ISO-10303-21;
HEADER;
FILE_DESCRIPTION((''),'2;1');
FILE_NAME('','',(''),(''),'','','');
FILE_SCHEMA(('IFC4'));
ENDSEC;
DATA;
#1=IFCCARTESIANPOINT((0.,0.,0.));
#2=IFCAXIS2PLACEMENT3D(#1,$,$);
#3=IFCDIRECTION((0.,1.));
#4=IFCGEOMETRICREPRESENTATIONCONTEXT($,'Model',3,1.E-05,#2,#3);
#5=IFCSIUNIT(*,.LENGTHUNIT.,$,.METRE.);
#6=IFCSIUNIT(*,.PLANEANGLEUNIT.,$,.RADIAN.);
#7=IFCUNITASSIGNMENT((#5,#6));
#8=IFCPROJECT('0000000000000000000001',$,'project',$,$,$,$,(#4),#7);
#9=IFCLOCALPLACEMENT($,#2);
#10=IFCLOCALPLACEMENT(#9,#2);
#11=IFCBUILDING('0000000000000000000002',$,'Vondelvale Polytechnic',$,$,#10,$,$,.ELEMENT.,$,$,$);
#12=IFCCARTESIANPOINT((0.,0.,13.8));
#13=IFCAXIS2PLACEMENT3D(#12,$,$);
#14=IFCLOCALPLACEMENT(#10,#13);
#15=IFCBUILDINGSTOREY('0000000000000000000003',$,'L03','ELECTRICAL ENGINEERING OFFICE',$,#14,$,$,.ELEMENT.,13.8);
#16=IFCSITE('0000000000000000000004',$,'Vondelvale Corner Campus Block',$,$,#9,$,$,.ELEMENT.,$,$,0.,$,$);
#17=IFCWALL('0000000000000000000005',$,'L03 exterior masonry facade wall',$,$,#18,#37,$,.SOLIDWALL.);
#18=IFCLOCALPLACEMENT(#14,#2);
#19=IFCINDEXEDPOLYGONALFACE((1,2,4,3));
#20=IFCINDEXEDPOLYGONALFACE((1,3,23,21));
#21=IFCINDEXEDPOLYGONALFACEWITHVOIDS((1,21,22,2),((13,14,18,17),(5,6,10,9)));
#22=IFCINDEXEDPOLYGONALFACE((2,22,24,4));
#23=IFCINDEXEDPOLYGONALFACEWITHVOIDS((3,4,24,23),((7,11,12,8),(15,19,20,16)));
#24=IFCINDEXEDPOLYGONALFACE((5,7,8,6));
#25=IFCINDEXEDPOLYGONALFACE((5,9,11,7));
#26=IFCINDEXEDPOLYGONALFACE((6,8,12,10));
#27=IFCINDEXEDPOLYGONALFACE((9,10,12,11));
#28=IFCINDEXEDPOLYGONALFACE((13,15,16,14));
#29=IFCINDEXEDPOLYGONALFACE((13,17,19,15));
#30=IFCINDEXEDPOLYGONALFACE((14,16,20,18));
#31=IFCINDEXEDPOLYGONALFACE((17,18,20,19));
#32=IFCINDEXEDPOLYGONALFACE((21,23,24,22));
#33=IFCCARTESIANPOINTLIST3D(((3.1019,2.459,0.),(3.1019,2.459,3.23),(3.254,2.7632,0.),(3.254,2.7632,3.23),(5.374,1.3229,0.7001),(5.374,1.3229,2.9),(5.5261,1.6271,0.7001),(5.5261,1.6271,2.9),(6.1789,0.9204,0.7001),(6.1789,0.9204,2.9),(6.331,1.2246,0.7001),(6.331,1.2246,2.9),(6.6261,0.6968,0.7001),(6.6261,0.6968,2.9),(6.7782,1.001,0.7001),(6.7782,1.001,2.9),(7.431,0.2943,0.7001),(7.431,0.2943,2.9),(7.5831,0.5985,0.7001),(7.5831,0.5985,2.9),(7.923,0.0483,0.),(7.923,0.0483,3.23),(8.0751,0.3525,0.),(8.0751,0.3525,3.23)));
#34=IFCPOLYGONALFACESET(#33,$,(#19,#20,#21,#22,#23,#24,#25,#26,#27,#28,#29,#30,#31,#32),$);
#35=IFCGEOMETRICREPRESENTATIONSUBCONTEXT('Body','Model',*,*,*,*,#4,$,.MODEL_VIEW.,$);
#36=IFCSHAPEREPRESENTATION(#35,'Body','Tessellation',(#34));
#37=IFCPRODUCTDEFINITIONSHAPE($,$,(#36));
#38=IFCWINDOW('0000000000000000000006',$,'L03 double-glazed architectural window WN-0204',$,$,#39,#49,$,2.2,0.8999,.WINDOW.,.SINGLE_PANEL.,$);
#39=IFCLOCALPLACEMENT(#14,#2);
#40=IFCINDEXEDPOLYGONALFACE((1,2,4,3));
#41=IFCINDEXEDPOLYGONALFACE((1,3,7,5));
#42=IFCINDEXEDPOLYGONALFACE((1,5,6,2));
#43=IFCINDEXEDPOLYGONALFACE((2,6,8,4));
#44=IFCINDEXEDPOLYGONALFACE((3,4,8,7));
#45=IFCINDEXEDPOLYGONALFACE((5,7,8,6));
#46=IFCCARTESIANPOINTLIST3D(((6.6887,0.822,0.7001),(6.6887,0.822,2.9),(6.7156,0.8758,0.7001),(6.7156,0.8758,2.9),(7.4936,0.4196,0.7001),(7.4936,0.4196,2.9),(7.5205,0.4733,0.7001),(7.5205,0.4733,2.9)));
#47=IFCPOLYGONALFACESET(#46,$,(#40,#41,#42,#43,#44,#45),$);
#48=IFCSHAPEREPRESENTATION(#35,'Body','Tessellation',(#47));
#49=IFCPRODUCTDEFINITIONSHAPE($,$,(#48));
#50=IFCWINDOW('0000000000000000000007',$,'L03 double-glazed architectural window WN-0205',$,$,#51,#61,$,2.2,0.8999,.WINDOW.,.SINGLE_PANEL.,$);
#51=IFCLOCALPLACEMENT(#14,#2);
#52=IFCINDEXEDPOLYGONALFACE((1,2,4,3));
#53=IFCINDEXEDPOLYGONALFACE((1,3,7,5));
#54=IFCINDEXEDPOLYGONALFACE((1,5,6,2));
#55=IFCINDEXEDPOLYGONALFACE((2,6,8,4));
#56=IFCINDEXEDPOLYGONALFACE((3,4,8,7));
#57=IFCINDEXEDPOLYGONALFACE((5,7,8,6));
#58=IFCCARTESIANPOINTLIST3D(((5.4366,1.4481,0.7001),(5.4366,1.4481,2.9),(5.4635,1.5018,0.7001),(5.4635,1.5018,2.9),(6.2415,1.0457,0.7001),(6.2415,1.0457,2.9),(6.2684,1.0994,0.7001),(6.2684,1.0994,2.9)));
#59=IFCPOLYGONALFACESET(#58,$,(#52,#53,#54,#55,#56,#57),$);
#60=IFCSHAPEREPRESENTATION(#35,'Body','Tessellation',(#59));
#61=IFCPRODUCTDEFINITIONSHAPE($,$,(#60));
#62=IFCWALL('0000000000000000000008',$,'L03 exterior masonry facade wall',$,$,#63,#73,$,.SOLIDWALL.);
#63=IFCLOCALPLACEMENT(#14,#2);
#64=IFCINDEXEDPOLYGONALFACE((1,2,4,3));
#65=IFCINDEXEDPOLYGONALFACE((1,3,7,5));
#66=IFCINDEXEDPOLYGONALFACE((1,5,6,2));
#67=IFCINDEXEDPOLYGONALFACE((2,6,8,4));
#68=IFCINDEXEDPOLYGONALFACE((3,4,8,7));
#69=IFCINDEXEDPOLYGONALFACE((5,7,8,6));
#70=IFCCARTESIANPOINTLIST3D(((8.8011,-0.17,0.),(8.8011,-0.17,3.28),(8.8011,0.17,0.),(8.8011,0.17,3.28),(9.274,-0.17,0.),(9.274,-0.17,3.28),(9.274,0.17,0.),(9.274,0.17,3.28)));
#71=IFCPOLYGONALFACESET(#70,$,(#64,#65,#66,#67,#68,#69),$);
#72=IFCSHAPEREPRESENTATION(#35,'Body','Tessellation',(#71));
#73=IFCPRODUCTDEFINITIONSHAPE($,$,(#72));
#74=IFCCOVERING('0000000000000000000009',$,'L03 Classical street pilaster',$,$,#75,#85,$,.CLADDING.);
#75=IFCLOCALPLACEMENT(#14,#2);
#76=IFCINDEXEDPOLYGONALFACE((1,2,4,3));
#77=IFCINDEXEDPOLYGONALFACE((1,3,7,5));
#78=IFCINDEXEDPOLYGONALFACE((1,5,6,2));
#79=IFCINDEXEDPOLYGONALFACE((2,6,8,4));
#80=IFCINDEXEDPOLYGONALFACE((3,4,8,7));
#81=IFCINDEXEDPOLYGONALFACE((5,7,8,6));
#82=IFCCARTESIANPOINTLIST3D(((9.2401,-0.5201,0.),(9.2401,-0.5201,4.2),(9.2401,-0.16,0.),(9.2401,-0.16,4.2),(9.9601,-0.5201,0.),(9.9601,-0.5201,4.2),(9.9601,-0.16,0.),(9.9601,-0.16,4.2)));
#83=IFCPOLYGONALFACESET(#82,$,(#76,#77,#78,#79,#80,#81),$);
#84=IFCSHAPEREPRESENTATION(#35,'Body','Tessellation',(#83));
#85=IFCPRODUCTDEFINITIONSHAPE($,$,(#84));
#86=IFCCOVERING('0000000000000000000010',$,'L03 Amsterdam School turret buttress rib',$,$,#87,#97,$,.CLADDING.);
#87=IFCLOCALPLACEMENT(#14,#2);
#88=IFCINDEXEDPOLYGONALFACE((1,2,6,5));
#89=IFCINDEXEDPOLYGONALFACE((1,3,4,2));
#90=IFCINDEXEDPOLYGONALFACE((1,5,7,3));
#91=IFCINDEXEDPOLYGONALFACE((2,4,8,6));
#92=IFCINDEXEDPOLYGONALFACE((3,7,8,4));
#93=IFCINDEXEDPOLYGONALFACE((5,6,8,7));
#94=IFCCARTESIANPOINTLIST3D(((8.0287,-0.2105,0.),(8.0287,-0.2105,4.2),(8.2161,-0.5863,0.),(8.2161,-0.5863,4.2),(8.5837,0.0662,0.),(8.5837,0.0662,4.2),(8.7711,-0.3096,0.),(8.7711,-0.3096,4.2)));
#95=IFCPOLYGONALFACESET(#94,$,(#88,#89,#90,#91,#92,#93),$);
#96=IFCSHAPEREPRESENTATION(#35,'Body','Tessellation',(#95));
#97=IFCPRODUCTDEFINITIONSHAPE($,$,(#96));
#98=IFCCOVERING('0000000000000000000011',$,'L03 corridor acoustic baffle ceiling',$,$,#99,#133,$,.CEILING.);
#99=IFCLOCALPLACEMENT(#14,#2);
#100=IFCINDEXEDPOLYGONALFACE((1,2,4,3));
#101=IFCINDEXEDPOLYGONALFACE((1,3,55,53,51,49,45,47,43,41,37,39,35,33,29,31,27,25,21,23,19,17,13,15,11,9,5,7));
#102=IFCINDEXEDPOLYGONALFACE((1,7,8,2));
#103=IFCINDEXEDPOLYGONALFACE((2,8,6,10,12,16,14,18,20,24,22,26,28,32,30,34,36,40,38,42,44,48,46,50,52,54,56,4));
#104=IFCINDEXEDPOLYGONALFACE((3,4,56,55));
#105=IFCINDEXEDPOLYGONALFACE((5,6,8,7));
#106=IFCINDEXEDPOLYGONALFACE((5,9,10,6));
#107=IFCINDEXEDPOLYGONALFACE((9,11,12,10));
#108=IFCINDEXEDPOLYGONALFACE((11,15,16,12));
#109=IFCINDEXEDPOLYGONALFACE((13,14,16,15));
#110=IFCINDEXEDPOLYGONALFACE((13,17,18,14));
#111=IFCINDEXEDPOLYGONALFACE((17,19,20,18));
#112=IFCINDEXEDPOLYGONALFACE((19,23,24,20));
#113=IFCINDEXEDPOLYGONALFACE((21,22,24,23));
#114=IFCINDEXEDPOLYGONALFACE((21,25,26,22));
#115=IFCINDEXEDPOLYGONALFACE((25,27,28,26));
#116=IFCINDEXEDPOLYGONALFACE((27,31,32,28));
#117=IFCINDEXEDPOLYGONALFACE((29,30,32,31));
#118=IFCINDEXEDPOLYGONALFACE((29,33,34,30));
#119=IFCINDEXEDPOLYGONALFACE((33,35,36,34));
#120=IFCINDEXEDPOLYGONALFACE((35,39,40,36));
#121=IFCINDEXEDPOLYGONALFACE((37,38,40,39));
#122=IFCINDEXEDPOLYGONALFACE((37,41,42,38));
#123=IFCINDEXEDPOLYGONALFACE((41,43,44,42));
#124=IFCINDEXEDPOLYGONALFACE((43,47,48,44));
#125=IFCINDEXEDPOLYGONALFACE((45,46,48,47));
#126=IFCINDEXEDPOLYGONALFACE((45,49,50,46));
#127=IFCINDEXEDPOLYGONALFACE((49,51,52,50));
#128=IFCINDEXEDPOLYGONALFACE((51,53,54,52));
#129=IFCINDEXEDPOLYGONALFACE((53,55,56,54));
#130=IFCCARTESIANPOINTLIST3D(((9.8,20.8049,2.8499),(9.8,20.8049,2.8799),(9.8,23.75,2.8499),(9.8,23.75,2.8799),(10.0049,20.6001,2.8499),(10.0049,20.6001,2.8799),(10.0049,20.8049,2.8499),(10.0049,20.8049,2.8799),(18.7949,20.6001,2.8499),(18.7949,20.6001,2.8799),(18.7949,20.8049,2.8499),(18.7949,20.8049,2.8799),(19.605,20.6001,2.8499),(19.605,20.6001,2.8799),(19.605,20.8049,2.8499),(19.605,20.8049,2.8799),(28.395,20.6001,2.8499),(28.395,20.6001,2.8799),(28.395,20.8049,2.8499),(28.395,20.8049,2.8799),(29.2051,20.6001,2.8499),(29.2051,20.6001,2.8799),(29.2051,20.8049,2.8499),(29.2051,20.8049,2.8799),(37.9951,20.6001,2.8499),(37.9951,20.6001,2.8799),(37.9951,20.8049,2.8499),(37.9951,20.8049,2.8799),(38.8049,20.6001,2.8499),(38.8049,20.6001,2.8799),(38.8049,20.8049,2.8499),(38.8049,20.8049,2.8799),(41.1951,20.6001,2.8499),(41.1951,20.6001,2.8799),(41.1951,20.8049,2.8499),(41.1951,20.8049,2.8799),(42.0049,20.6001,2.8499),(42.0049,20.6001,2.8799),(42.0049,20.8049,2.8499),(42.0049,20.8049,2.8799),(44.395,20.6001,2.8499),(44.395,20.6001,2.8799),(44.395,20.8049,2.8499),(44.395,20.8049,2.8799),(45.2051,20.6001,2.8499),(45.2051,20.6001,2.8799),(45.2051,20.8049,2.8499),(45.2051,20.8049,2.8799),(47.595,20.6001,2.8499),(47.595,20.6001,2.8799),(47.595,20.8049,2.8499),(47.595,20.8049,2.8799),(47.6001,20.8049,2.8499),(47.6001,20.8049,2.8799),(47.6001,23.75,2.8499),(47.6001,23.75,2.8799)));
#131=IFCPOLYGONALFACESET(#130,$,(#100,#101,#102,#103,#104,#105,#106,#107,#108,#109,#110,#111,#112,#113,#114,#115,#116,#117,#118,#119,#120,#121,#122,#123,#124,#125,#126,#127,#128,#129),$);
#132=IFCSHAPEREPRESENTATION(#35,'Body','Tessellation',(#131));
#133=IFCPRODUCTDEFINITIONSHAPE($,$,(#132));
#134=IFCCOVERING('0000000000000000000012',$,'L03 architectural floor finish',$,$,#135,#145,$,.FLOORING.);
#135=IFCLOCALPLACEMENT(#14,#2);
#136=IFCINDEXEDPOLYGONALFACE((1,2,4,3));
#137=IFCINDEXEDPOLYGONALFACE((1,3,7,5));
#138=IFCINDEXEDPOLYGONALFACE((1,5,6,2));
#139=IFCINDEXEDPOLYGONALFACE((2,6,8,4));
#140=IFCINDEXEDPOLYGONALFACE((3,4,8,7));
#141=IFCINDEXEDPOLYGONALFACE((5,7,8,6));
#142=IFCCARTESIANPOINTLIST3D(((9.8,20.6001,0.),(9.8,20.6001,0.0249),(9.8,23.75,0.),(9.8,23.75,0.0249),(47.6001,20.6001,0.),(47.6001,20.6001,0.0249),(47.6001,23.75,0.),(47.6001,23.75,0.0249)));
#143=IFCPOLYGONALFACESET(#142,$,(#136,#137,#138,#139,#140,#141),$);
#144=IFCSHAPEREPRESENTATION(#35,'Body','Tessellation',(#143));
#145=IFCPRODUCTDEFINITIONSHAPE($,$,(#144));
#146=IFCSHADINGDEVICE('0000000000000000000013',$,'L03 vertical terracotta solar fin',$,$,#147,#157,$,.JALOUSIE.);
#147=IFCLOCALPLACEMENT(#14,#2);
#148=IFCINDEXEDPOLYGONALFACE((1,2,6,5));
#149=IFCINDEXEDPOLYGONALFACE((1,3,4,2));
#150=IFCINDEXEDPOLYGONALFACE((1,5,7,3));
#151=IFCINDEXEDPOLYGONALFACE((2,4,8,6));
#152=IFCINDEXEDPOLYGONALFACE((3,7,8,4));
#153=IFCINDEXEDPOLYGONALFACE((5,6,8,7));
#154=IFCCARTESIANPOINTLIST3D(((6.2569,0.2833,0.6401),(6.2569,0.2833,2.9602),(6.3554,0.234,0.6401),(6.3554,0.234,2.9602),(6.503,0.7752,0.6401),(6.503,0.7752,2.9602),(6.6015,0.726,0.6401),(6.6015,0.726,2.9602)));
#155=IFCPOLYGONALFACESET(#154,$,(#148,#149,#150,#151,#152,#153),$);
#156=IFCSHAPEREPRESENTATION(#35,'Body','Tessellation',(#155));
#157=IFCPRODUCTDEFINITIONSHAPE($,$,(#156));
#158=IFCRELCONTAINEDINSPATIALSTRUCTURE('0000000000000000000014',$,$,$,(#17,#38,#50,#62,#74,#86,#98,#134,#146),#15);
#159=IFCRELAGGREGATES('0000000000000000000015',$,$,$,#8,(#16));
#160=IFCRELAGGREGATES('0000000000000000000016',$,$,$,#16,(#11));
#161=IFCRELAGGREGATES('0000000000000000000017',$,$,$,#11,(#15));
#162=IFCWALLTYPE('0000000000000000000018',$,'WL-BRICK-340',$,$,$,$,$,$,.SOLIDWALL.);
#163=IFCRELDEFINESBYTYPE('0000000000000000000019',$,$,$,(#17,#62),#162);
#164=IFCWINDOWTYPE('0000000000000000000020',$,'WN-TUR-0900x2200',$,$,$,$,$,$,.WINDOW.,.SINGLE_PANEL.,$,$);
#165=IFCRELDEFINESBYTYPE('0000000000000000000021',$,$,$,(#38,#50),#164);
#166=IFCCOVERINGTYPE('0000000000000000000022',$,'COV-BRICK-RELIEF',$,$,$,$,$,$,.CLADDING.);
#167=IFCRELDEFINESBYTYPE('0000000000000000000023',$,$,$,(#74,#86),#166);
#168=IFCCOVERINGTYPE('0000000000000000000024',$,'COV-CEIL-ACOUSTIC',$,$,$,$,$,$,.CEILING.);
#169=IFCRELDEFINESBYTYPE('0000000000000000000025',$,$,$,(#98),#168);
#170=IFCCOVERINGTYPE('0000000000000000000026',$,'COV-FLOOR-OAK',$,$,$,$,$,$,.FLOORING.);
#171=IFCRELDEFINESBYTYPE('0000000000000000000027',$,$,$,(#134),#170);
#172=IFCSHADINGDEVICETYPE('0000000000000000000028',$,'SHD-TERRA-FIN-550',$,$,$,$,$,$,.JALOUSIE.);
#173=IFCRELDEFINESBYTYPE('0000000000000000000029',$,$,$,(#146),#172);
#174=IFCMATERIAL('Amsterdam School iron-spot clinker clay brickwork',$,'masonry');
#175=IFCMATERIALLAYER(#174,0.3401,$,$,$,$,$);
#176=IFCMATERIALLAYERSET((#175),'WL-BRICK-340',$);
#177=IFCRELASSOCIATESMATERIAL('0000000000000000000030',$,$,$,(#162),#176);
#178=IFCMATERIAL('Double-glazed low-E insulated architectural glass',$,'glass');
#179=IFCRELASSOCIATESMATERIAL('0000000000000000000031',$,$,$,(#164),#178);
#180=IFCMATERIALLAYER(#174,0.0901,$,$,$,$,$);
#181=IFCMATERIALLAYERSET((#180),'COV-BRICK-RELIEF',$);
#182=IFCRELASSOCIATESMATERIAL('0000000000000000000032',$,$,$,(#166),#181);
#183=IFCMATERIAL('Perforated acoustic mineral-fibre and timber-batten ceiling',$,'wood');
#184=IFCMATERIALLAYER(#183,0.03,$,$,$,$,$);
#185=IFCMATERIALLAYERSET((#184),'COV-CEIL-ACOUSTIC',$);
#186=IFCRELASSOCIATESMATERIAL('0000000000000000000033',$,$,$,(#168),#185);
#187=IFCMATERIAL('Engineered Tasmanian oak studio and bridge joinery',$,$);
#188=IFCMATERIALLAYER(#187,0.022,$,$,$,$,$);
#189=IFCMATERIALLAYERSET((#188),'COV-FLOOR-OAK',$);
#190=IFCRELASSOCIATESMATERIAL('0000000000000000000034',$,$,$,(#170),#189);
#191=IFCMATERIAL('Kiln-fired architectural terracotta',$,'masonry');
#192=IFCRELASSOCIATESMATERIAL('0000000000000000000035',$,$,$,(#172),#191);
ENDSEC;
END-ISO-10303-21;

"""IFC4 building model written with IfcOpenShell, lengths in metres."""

from ifc_helpers import new_model, si_unit, direction, frame, frame_2d, origin, origin_2d, place, context, subcontext, project, spatial, polyline, rectangle, outline, extrude, material, layer, layer_set, type_object, element, fill, save


model = new_model("IFC4")

# Units and contexts
model_context = context("Model", 3, precision=1e-05, world=origin(), true_north=direction((0.0, 1.0)))
body_context = subcontext(model_context, "Body", "Model", "MODEL_VIEW")
ifc_project = project(units=[si_unit("LENGTHUNIT", "METRE"), si_unit("PLANEANGLEUNIT", "RADIAN")], contexts=[model_context])

# Site, building, storey
site_placement = place(None, origin())
site = spatial("IfcSite", under=ifc_project, at=site_placement, Name="Vondelvale Corner Campus Block", CompositionType="ELEMENT", RefElevation=0.0)
building_placement = place(site_placement, origin())
building = spatial("IfcBuilding", under=site, at=building_placement, Name="Vondelvale Polytechnic", CompositionType="ELEMENT")
storey_placement = place(building_placement, frame((0.0, 0.0, 13.8)))
storey = spatial("IfcBuildingStorey", under=building, at=storey_placement, Name="L03", Description="ELECTRICAL ENGINEERING OFFICE", CompositionType="ELEMENT", Elevation=13.8)

# Wall, openings, windows
ifc_material_1 = material(Name="Amsterdam School iron-spot clinker clay brickwork", Category="masonry")
ifc_layer_1 = layer(ifc_material_1, 0.3401)
ifc_layer_set_1 = layer_set([ifc_layer_1], Name="WL-BRICK-340")
wall_type = type_object("IfcWallType", Name="WL-BRICK-340", PredefinedType="SOLIDWALL", material=ifc_layer_set_1)
wall_1_placement = place(storey_placement, frame((7.999, 0.2004, 0.0), z_axis=(0.0, 0.0, 1.0), x_axis=(-0.894418, 0.447232, 0.0)))
wall_1 = element("IfcWall", 1, at=wall_1_placement, inside=storey, type_object=wall_type, Name="L03 exterior masonry facade wall", PredefinedType="SOLIDWALL", context=body_context, shape_type="SweptSolid", body=[
    extrude(rectangle(XDim=5.3901, YDim=0.3401, at=frame_2d((2.6951, 0.0))), origin(), (0.0, 0.0, 1.0), 3.23),
])
opening_1_placement = place(wall_1_placement, frame((0.55, 0.0, 0.7)))
opening_1 = element("IfcOpeningElement", 2, at=opening_1_placement, cuts=wall_1, PredefinedType="OPENING", context=body_context, shape_type="SweptSolid", body=[
    extrude(rectangle(XDim=0.8999, YDim=2.2, at=frame_2d((0.45, 1.1001))), frame((0.0, 0.1799, 0.0), z_axis=(0.0, -1.0, 0.0), x_axis=(1.0, 0.0, 0.0)), (0.0, 0.0, 1.0), 0.3601),
])
opening_2_placement = place(wall_1_placement, frame((1.95, 0.0, 0.7)))
opening_2 = element("IfcOpeningElement", 3, at=opening_2_placement, cuts=wall_1, PredefinedType="OPENING", context=body_context, shape_type="SweptSolid", body=[
    extrude(rectangle(XDim=0.8999, YDim=2.2, at=frame_2d((0.45, 1.1001))), frame((0.0, 0.1799, 0.0), z_axis=(0.0, -1.0, 0.0), x_axis=(1.0, 0.0, 0.0)), (0.0, 0.0, 1.0), 0.3601),
])
ifc_material_2 = material(Name="Double-glazed low-E insulated architectural glass", Category="glass")
window_type = type_object("IfcWindowType", Name="WN-TUR-0900x2200", PartitioningType="SINGLE_PANEL", PredefinedType="WINDOW", material=ifc_material_2)
window_1_placement = place(opening_1_placement, origin())
window_1 = element("IfcWindow", 4, at=window_1_placement, inside=storey, type_object=window_type, Name="L03 double-glazed architectural window WN-0204", OverallHeight=2.2, OverallWidth=0.8999, PartitioningType="SINGLE_PANEL", PredefinedType="WINDOW", context=body_context, shape_type="SweptSolid", body=[
    extrude(rectangle(XDim=0.8999, YDim=2.2, at=frame_2d((0.45, 1.1001))), frame((0.0, 0.03, 0.0), z_axis=(0.0, -1.0, 0.0), x_axis=(1.0, 0.0, 0.0)), (0.0, 0.0, 1.0), 0.0601),
])
fill(opening_1, window_1)
window_2_placement = place(opening_2_placement, origin())
window_2 = element("IfcWindow", 5, at=window_2_placement, inside=storey, type_object=window_type, Name="L03 double-glazed architectural window WN-0205", OverallHeight=2.2, OverallWidth=0.8999, PartitioningType="SINGLE_PANEL", PredefinedType="WINDOW", context=body_context, shape_type="SweptSolid", body=[
    extrude(rectangle(XDim=0.8999, YDim=2.2, at=frame_2d((0.45, 1.1001))), frame((0.0, 0.03, 0.0), z_axis=(0.0, -1.0, 0.0), x_axis=(1.0, 0.0, 0.0)), (0.0, 0.0, 1.0), 0.0601),
])
fill(opening_2, window_2)

# Wall
wall_2_placement = place(storey_placement, frame((9.2739, 0.0, 0.0), z_axis=(0.0, 0.0, 1.0), x_axis=(-1.0, 0.0, 0.0)))
element("IfcWall", 6, at=wall_2_placement, inside=storey, type_object=wall_type, Name="L03 exterior masonry facade wall", PredefinedType="SOLIDWALL", context=body_context, shape_type="SweptSolid", body=[
    extrude(rectangle(XDim=0.4729, YDim=0.3401, at=frame_2d((0.2363, 0.0))), origin(), (0.0, 0.0, 1.0), 3.28),
])

# Coverings
ifc_layer_2 = layer(ifc_material_1, 0.0901)
ifc_layer_set_2 = layer_set([ifc_layer_2], Name="COV-BRICK-RELIEF")
covering_type_1 = type_object("IfcCoveringType", Name="COV-BRICK-RELIEF", PredefinedType="CLADDING", material=ifc_layer_set_2)
covering_1_placement = place(storey_placement, frame((9.6001, -0.3401, 0.0), z_axis=(0.0, 0.0, 1.0), x_axis=(1.0, 0.0, 0.0)))
element("IfcCovering", 7, at=covering_1_placement, inside=storey, type_object=covering_type_1, Name="L03 Classical street pilaster", PredefinedType="CLADDING", context=body_context, shape_type="SweptSolid", body=[
    extrude(rectangle(XDim=0.72, YDim=0.3601, at=origin_2d()), origin(), (0.0, 0.0, 1.0), 4.2),
])
covering_2_placement = place(storey_placement, frame((8.3999, -0.26, 0.0), z_axis=(0.0, 0.0, 1.0), x_axis=(0.894934, 0.446198, 0.0)))
element("IfcCovering", 8, at=covering_2_placement, inside=storey, type_object=covering_type_1, Name="L03 Amsterdam School turret buttress rib", PredefinedType="CLADDING", context=body_context, shape_type="SweptSolid", body=[
    extrude(rectangle(XDim=0.6201, YDim=0.4199, at=origin_2d()), origin(), (0.0, 0.0, 1.0), 4.2),
])
ifc_material_3 = material(Name="Perforated acoustic mineral-fibre and timber-batten ceiling", Category="wood")
ifc_layer_3 = layer(ifc_material_3, 0.03)
ifc_layer_set_3 = layer_set([ifc_layer_3], Name="COV-CEIL-ACOUSTIC")
covering_type_2 = type_object("IfcCoveringType", Name="COV-CEIL-ACOUSTIC", PredefinedType="CEILING", material=ifc_layer_set_3)
covering_3_placement = place(storey_placement, frame((0.0, 0.0, 2.8499)))
element("IfcCovering", 9, at=covering_3_placement, inside=storey, type_object=covering_type_2, Name="L03 corridor acoustic baffle ceiling", PredefinedType="CEILING", context=body_context, shape_type="SweptSolid", body=[
    extrude(outline(polyline([(10.0049, 20.6001), (10.0049, 20.8049), (9.8, 20.8049), (9.8, 23.75), (47.6001, 23.75), (47.6001, 20.8049), (47.595, 20.8049), (47.595, 20.6001), (45.2051, 20.6001), (45.2051, 20.8049), (44.395, 20.8049), (44.395, 20.6001), (42.0049, 20.6001), (42.0049, 20.8049), (41.1951, 20.8049), (41.1951, 20.6001), (38.8049, 20.6001), (38.8049, 20.8049), (37.9951, 20.8049), (37.9951, 20.6001), (29.2051, 20.6001), (29.2051, 20.8049), (28.395, 20.8049), (28.395, 20.6001), (19.605, 20.6001), (19.605, 20.8049), (18.7949, 20.8049), (18.7949, 20.6001), (10.0049, 20.6001)])), origin(), (0.0, 0.0, 1.0), 0.03),
])
ifc_material_4 = material(Name="Engineered Tasmanian oak studio and bridge joinery")
ifc_layer_4 = layer(ifc_material_4, 0.022)
ifc_layer_set_4 = layer_set([ifc_layer_4], Name="COV-FLOOR-OAK")
covering_type_3 = type_object("IfcCoveringType", Name="COV-FLOOR-OAK", PredefinedType="FLOORING", material=ifc_layer_set_4)
covering_4_placement = place(storey_placement, origin())
element("IfcCovering", 10, at=covering_4_placement, inside=storey, type_object=covering_type_3, Name="L03 architectural floor finish", PredefinedType="FLOORING", context=body_context, shape_type="SweptSolid", body=[
    extrude(outline(polyline([(9.8, 20.6001), (47.6001, 20.6001), (47.6001, 23.75), (9.8, 23.75), (9.8, 20.6001)])), origin(), (0.0, 0.0, 1.0), 0.0249),
])

# Shading device
ifc_material_5 = material(Name="Kiln-fired architectural terracotta", Category="masonry")
shading_device_type = type_object("IfcShadingDeviceType", Name="SHD-TERRA-FIN-550", PredefinedType="JALOUSIE", material=ifc_material_5)
shading_device_placement = place(storey_placement, frame((6.4292, 0.5046, 0.6401), z_axis=(0.0, 0.0, 1.0), x_axis=(-0.894389, 0.447291, 0.0)))
element("IfcShadingDevice", 11, at=shading_device_placement, inside=storey, type_object=shading_device_type, Name="L03 vertical terracotta solar fin", PredefinedType="JALOUSIE", context=body_context, shape_type="SweptSolid", body=[
    extrude(rectangle(XDim=0.1101, YDim=0.55, at=origin_2d()), origin(), (0.0, 0.0, 1.0), 2.3201),
])

save(model, "model.ifc")
